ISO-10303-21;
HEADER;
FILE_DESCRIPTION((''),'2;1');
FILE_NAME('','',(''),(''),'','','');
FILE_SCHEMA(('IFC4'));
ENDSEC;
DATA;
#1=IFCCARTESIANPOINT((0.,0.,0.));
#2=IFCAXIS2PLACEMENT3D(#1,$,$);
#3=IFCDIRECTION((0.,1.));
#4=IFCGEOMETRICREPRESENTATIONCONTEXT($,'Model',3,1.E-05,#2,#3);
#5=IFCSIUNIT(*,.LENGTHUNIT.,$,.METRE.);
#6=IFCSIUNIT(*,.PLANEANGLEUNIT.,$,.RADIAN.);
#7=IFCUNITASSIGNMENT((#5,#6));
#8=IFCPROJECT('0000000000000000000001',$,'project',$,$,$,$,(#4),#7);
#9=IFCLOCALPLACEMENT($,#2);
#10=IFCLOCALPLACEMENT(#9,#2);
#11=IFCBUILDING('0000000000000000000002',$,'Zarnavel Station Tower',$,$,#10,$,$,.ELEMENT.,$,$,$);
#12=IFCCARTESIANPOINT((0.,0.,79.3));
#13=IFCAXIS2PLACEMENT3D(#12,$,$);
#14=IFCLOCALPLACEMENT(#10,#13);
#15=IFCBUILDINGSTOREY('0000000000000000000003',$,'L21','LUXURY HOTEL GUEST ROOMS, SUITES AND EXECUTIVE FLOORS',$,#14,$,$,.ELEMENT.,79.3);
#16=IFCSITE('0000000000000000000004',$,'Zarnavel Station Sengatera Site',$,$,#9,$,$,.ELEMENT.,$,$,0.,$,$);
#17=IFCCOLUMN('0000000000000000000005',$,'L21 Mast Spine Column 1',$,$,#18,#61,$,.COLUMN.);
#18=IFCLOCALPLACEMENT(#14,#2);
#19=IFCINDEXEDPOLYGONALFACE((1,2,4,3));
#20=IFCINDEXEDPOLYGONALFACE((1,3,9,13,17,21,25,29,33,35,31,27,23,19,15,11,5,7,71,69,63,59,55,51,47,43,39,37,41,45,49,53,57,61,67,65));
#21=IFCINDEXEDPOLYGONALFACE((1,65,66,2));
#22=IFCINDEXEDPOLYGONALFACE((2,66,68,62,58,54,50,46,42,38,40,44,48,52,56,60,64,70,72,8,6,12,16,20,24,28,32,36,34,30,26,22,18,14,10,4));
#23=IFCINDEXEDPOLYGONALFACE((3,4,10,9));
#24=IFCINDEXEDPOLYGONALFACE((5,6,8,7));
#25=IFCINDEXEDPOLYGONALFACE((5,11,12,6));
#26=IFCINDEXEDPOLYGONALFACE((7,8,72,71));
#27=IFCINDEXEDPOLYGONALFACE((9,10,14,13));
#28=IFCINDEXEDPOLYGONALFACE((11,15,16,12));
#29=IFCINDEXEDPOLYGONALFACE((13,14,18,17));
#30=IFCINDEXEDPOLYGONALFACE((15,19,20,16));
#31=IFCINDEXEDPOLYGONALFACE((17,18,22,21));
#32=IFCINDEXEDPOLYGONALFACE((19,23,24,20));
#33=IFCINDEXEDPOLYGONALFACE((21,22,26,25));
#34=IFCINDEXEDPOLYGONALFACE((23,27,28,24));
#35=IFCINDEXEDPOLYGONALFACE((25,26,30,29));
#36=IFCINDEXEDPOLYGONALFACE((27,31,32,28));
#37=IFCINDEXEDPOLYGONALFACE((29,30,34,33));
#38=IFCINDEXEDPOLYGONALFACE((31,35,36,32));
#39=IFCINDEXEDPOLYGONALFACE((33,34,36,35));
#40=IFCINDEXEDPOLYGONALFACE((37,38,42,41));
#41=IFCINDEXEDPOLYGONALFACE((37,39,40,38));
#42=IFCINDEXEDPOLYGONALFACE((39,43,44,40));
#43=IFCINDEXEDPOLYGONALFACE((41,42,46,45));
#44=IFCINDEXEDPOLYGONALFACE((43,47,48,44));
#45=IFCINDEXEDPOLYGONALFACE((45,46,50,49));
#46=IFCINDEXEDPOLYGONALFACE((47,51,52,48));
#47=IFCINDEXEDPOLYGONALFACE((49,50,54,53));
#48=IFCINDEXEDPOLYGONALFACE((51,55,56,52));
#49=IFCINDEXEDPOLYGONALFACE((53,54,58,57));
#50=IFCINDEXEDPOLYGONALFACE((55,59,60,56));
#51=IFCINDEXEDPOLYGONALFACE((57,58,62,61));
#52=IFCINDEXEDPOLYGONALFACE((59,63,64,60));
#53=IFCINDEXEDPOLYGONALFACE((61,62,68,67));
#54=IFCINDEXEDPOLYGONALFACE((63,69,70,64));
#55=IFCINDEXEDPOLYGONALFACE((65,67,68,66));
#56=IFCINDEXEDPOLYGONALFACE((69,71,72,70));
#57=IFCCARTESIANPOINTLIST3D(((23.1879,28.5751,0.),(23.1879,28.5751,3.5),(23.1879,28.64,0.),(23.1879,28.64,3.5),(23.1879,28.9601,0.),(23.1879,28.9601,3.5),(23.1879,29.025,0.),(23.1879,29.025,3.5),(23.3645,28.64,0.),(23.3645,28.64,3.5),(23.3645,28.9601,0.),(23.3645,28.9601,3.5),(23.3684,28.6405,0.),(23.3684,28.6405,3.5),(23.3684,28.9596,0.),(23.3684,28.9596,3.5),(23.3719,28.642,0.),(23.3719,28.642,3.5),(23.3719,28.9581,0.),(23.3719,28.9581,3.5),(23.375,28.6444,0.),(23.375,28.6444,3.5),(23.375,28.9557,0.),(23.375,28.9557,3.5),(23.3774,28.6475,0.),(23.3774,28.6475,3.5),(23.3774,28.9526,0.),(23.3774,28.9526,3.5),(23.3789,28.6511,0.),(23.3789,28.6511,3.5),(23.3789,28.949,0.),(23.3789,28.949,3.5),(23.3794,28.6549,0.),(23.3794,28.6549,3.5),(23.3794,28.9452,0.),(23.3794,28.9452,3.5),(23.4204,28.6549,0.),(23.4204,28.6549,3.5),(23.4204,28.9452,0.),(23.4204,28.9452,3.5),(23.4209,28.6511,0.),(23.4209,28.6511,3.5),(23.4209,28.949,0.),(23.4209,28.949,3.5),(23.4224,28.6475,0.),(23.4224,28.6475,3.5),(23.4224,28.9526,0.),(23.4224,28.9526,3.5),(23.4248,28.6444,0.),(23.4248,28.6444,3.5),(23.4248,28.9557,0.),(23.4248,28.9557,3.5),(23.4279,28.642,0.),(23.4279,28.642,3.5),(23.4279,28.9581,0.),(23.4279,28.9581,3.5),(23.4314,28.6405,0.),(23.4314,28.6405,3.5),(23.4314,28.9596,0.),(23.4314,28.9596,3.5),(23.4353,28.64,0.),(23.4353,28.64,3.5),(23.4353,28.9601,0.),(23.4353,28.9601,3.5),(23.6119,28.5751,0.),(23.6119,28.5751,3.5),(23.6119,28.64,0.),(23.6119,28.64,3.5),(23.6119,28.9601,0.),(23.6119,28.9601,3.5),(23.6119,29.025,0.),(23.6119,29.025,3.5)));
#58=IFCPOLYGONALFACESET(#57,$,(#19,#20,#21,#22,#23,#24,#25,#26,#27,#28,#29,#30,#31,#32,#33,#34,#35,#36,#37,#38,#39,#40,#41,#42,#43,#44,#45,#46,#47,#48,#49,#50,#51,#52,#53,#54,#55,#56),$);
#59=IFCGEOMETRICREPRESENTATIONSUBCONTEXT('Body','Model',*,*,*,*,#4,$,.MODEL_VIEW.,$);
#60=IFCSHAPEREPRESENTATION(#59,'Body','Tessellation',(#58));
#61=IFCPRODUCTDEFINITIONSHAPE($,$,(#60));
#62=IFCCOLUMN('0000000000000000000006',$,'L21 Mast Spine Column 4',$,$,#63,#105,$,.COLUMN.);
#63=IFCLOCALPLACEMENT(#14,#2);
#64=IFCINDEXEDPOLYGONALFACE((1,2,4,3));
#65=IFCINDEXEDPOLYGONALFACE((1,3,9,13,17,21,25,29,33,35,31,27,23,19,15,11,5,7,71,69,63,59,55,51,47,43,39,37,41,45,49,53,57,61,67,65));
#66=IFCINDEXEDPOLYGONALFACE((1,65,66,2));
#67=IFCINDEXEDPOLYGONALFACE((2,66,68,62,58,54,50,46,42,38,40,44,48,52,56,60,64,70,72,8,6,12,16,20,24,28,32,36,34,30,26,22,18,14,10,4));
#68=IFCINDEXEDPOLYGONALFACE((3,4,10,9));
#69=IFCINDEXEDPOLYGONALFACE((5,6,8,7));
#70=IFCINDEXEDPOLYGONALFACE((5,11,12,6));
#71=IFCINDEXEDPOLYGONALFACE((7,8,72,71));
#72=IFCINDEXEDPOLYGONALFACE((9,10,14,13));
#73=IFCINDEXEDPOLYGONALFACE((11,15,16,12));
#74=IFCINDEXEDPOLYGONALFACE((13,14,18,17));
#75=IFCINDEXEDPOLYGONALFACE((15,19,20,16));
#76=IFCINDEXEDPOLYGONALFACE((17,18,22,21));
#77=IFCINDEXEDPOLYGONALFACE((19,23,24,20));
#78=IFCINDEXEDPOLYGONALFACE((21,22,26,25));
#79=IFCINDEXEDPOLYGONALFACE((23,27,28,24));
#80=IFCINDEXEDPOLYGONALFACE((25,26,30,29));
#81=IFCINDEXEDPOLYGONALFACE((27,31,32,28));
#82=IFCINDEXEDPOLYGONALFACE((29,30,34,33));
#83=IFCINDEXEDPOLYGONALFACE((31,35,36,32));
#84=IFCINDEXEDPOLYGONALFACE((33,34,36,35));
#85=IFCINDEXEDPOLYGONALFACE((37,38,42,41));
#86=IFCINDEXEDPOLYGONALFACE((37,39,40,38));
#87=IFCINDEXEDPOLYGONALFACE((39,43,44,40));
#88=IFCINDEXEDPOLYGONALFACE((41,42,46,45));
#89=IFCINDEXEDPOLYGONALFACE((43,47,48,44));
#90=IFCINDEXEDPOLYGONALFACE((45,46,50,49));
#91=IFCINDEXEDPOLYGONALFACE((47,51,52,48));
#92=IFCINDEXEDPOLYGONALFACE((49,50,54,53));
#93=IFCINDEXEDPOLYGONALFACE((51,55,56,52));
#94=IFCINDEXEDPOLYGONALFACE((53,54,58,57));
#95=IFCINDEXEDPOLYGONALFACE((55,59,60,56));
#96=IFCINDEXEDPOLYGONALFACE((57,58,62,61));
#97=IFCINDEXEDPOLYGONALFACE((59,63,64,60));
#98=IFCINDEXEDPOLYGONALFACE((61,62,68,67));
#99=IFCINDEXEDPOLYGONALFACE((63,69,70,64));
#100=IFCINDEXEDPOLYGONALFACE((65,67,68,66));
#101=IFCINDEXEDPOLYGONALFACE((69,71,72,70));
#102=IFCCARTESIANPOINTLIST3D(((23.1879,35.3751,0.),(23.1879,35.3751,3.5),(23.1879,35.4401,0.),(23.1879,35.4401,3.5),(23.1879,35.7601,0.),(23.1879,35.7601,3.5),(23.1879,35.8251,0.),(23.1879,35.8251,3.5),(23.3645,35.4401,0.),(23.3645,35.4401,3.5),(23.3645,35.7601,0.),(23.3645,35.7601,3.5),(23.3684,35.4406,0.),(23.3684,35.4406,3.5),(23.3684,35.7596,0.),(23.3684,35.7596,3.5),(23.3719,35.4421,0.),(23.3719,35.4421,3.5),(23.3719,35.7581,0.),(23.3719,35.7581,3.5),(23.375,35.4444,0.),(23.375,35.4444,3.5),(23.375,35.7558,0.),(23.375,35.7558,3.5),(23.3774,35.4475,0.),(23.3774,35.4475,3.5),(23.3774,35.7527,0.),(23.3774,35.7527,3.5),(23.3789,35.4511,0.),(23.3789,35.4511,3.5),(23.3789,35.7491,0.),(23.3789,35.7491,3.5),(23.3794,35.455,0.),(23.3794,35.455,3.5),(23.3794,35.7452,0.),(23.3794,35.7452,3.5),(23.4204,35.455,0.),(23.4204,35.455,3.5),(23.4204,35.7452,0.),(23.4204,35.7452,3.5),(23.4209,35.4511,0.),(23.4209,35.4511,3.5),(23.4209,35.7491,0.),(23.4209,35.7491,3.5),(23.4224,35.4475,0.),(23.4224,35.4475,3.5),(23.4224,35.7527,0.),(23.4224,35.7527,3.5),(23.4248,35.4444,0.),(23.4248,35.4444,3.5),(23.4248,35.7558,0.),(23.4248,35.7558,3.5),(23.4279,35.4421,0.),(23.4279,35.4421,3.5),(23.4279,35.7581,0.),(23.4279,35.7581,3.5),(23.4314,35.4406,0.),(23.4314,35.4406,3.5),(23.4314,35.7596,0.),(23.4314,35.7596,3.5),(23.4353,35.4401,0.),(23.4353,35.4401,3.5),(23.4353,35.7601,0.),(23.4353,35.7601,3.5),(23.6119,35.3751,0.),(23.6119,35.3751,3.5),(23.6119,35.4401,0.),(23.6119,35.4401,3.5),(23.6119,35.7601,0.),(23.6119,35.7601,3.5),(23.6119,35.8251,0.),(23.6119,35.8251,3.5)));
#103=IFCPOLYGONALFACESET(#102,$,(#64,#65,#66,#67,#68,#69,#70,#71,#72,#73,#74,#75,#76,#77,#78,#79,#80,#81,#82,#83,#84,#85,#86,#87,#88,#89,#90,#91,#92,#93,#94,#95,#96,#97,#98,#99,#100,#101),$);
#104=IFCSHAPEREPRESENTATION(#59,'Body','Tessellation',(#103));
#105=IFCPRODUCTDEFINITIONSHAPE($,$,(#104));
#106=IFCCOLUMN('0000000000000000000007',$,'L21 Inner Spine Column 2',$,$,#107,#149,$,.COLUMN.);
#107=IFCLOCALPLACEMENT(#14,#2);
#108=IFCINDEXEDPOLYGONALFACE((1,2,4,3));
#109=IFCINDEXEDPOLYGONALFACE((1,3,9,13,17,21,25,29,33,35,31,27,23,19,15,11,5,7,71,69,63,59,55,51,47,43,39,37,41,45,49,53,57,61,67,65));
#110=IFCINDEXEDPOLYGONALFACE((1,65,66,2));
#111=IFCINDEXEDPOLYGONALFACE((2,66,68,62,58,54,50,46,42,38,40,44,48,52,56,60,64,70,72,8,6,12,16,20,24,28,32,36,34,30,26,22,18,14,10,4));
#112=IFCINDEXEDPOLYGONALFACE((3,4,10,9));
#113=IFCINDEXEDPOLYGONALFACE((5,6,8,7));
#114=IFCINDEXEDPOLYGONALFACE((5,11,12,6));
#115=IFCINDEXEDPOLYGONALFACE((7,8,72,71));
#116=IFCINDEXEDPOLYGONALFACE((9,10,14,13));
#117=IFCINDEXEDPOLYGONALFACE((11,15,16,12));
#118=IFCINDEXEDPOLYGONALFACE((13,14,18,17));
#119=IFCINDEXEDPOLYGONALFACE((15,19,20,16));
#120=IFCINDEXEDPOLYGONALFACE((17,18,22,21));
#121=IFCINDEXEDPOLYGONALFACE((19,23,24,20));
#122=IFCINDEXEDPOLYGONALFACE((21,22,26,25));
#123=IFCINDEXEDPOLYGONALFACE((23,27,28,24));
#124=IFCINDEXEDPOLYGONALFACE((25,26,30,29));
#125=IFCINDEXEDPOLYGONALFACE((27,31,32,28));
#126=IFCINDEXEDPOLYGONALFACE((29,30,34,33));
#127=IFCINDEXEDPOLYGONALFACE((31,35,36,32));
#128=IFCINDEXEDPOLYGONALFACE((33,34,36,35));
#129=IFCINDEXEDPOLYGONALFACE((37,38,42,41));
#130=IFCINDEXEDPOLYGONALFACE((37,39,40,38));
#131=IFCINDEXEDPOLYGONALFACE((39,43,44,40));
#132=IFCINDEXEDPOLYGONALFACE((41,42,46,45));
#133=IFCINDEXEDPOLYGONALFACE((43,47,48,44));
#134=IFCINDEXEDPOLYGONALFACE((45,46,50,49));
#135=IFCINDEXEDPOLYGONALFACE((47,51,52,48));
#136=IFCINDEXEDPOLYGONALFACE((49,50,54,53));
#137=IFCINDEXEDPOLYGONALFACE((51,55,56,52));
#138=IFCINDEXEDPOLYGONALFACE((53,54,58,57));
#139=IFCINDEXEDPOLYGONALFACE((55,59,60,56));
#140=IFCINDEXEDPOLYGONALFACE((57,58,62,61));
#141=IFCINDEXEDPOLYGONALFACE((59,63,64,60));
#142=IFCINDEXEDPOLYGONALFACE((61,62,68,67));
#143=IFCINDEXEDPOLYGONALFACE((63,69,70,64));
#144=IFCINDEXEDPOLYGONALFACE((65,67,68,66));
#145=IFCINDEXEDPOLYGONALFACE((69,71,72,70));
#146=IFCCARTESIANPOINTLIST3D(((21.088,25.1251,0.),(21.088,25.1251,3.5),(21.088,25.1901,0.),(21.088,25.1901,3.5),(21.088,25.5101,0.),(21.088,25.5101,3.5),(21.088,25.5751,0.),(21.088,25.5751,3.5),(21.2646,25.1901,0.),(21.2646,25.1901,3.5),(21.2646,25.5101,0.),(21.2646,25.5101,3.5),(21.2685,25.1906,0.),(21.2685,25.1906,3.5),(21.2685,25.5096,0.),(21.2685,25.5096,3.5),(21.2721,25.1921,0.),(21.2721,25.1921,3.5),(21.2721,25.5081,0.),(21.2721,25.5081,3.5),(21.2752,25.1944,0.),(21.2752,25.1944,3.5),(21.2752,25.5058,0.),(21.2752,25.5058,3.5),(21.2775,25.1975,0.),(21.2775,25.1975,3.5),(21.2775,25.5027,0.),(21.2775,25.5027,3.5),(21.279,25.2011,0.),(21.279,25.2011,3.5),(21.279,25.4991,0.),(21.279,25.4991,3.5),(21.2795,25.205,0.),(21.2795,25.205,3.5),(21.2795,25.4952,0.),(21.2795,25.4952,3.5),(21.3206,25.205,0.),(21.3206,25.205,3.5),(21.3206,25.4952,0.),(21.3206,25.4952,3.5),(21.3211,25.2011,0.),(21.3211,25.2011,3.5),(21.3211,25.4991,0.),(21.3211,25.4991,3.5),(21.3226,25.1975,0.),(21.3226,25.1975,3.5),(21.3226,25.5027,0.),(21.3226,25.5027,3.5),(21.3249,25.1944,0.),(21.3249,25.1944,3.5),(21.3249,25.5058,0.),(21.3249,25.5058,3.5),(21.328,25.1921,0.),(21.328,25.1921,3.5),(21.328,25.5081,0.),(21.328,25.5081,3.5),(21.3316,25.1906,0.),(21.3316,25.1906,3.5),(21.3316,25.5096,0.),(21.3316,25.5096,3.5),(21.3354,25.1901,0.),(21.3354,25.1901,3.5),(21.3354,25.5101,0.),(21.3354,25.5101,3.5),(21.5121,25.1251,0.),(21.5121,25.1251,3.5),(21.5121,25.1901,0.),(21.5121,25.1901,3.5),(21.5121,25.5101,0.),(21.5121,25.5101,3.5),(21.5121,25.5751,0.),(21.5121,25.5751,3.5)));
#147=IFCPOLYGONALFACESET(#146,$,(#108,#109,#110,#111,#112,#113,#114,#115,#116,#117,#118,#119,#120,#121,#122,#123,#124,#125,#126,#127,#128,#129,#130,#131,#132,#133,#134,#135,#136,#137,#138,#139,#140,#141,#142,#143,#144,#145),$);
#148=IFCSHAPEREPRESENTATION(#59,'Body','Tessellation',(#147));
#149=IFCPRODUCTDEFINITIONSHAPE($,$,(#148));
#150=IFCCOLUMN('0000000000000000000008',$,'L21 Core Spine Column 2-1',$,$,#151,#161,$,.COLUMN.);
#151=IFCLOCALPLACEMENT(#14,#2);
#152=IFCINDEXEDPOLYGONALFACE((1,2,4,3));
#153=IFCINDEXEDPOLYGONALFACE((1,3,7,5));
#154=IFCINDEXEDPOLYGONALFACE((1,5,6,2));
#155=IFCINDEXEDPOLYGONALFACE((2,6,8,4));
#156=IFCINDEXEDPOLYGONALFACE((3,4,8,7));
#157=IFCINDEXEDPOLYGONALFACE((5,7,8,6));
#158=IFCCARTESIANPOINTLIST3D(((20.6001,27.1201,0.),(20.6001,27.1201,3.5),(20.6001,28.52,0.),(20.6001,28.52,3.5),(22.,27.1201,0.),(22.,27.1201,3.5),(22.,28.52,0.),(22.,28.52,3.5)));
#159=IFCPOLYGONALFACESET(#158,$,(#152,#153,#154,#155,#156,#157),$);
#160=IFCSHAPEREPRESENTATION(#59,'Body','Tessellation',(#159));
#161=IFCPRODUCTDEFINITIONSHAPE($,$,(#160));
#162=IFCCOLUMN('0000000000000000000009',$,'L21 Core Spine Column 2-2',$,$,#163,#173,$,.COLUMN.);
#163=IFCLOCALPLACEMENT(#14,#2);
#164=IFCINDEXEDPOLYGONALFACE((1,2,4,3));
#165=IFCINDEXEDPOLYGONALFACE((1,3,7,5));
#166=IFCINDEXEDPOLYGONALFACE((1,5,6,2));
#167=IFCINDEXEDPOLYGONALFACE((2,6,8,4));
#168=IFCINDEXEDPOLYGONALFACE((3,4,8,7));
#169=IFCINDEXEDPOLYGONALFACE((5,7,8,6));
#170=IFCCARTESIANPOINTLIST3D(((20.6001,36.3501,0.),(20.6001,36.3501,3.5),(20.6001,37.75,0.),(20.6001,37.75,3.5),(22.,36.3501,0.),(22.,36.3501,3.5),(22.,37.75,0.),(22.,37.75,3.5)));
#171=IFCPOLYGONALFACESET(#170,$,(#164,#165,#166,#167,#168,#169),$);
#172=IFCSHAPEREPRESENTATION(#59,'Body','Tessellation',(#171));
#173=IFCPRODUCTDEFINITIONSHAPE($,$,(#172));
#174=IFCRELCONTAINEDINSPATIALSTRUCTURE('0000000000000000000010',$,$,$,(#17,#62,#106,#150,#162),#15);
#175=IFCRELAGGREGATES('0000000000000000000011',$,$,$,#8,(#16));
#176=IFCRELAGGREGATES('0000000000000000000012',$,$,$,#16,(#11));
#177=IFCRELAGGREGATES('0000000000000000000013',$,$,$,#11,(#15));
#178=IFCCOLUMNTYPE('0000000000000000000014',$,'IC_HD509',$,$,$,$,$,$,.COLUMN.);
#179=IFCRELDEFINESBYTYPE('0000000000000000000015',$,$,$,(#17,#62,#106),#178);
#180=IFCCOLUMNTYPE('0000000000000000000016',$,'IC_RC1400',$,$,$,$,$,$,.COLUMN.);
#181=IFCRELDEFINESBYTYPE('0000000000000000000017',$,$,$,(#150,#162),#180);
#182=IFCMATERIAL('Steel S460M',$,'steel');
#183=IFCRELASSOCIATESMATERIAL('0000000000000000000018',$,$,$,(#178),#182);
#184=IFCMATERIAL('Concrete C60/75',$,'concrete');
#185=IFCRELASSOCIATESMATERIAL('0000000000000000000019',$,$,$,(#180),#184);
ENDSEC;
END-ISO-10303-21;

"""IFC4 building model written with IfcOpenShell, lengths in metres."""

from ifc_helpers import new_model, si_unit, direction, frame, origin, origin_2d, place, context, subcontext, project, spatial, rectangle, i_section, extrude, material, material_profile, profile_set, type_object, element, save


model = new_model("IFC4")

# Units and contexts
model_context = context("Model", 3, precision=1e-05, world=origin(), true_north=direction((0.0, 1.0)))
body_context = subcontext(model_context, "Body", "Model", "MODEL_VIEW")
ifc_project = project(units=[si_unit("LENGTHUNIT", "METRE"), si_unit("PLANEANGLEUNIT", "RADIAN")], contexts=[model_context])

# Site, building, storey
site_placement = place(None, origin())
site = spatial("IfcSite", under=ifc_project, at=site_placement, Name="Zarnavel Station Sengatera Site", CompositionType="ELEMENT", RefElevation=0.0)
building_placement = place(site_placement, origin())
building = spatial("IfcBuilding", under=site, at=building_placement, Name="Zarnavel Station Tower", CompositionType="ELEMENT")
storey_placement = place(building_placement, frame((0.0, 0.0, 79.3)))
storey = spatial("IfcBuildingStorey", under=building, at=storey_placement, Name="L21", Description="LUXURY HOTEL GUEST ROOMS, SUITES AND EXECUTIVE FLOORS", CompositionType="ELEMENT", Elevation=79.3)

# Columns
ifc_material_1 = material(Name="Steel S460M", Category="steel")
ifc_material_profile_1 = material_profile(ifc_material_1, i_section(OverallWidth=0.4241, OverallDepth=0.45, WebThickness=0.041, FlangeThickness=0.0649, FilletRadius=0.0149, at=origin_2d()), Name="HD400x509")
ifc_profile_set_1 = profile_set([ifc_material_profile_1], Name="Steel S460M")
column_type_1 = type_object("IfcColumnType", Name="IC_HD509", PredefinedType="COLUMN", material=ifc_profile_set_1)
for number, where, z_axis, x_axis, name in (
    (1, (23.3999, 28.8, 0.0), (0.0, 0.0, 1.0), (1.0, 0.0, 0.0), "L21 Mast Spine Column 1"),
    (2, (23.3999, 35.6001, 0.0), (0.0, 0.0, 1.0), (1.0, 0.0, 0.0), "L21 Mast Spine Column 4"),
    (3, (21.3, 25.3501, 0.0), (0.0, 0.0, 1.0), (1.0, 0.0, 0.0), "L21 Inner Spine Column 2"),
):
    element("IfcColumn", number, at=place(storey_placement, frame(where, z_axis=z_axis, x_axis=x_axis)), inside=storey, type_object=column_type_1, Name=name, PredefinedType="COLUMN", context=body_context, shape_type="SweptSolid", body=[
        extrude(i_section(OverallWidth=0.4241, OverallDepth=0.45, WebThickness=0.041, FlangeThickness=0.0649, FilletRadius=0.0149, at=origin_2d()), origin(), (0.0, 0.0, 1.0), 3.5),
    ])
ifc_material_2 = material(Name="Concrete C60/75", Category="concrete")
ifc_material_profile_2 = material_profile(ifc_material_2, rectangle(XDim=1.3999, YDim=1.3999, at=origin_2d()), Name="RC1400x1400")
ifc_profile_set_2 = profile_set([ifc_material_profile_2], Name="Concrete C60/75")
column_type_2 = type_object("IfcColumnType", Name="IC_RC1400", PredefinedType="COLUMN", material=ifc_profile_set_2)
for number, where, z_axis, x_axis, name in (
    (4, (21.3, 27.8201, 0.0), (0.0, 0.0, 1.0), (1.0, 0.0, 0.0), "L21 Core Spine Column 2-1"),
    (5, (21.3, 37.05, 0.0), (0.0, 0.0, 1.0), (1.0, 0.0, 0.0), "L21 Core Spine Column 2-2"),
):
    element("IfcColumn", number, at=place(storey_placement, frame(where, z_axis=z_axis, x_axis=x_axis)), inside=storey, type_object=column_type_2, Name=name, PredefinedType="COLUMN", context=body_context, shape_type="SweptSolid", body=[
        extrude(rectangle(XDim=1.3999, YDim=1.3999, at=origin_2d()), origin(), (0.0, 0.0, 1.0), 3.5),
    ])

save(model, "model.ifc")
